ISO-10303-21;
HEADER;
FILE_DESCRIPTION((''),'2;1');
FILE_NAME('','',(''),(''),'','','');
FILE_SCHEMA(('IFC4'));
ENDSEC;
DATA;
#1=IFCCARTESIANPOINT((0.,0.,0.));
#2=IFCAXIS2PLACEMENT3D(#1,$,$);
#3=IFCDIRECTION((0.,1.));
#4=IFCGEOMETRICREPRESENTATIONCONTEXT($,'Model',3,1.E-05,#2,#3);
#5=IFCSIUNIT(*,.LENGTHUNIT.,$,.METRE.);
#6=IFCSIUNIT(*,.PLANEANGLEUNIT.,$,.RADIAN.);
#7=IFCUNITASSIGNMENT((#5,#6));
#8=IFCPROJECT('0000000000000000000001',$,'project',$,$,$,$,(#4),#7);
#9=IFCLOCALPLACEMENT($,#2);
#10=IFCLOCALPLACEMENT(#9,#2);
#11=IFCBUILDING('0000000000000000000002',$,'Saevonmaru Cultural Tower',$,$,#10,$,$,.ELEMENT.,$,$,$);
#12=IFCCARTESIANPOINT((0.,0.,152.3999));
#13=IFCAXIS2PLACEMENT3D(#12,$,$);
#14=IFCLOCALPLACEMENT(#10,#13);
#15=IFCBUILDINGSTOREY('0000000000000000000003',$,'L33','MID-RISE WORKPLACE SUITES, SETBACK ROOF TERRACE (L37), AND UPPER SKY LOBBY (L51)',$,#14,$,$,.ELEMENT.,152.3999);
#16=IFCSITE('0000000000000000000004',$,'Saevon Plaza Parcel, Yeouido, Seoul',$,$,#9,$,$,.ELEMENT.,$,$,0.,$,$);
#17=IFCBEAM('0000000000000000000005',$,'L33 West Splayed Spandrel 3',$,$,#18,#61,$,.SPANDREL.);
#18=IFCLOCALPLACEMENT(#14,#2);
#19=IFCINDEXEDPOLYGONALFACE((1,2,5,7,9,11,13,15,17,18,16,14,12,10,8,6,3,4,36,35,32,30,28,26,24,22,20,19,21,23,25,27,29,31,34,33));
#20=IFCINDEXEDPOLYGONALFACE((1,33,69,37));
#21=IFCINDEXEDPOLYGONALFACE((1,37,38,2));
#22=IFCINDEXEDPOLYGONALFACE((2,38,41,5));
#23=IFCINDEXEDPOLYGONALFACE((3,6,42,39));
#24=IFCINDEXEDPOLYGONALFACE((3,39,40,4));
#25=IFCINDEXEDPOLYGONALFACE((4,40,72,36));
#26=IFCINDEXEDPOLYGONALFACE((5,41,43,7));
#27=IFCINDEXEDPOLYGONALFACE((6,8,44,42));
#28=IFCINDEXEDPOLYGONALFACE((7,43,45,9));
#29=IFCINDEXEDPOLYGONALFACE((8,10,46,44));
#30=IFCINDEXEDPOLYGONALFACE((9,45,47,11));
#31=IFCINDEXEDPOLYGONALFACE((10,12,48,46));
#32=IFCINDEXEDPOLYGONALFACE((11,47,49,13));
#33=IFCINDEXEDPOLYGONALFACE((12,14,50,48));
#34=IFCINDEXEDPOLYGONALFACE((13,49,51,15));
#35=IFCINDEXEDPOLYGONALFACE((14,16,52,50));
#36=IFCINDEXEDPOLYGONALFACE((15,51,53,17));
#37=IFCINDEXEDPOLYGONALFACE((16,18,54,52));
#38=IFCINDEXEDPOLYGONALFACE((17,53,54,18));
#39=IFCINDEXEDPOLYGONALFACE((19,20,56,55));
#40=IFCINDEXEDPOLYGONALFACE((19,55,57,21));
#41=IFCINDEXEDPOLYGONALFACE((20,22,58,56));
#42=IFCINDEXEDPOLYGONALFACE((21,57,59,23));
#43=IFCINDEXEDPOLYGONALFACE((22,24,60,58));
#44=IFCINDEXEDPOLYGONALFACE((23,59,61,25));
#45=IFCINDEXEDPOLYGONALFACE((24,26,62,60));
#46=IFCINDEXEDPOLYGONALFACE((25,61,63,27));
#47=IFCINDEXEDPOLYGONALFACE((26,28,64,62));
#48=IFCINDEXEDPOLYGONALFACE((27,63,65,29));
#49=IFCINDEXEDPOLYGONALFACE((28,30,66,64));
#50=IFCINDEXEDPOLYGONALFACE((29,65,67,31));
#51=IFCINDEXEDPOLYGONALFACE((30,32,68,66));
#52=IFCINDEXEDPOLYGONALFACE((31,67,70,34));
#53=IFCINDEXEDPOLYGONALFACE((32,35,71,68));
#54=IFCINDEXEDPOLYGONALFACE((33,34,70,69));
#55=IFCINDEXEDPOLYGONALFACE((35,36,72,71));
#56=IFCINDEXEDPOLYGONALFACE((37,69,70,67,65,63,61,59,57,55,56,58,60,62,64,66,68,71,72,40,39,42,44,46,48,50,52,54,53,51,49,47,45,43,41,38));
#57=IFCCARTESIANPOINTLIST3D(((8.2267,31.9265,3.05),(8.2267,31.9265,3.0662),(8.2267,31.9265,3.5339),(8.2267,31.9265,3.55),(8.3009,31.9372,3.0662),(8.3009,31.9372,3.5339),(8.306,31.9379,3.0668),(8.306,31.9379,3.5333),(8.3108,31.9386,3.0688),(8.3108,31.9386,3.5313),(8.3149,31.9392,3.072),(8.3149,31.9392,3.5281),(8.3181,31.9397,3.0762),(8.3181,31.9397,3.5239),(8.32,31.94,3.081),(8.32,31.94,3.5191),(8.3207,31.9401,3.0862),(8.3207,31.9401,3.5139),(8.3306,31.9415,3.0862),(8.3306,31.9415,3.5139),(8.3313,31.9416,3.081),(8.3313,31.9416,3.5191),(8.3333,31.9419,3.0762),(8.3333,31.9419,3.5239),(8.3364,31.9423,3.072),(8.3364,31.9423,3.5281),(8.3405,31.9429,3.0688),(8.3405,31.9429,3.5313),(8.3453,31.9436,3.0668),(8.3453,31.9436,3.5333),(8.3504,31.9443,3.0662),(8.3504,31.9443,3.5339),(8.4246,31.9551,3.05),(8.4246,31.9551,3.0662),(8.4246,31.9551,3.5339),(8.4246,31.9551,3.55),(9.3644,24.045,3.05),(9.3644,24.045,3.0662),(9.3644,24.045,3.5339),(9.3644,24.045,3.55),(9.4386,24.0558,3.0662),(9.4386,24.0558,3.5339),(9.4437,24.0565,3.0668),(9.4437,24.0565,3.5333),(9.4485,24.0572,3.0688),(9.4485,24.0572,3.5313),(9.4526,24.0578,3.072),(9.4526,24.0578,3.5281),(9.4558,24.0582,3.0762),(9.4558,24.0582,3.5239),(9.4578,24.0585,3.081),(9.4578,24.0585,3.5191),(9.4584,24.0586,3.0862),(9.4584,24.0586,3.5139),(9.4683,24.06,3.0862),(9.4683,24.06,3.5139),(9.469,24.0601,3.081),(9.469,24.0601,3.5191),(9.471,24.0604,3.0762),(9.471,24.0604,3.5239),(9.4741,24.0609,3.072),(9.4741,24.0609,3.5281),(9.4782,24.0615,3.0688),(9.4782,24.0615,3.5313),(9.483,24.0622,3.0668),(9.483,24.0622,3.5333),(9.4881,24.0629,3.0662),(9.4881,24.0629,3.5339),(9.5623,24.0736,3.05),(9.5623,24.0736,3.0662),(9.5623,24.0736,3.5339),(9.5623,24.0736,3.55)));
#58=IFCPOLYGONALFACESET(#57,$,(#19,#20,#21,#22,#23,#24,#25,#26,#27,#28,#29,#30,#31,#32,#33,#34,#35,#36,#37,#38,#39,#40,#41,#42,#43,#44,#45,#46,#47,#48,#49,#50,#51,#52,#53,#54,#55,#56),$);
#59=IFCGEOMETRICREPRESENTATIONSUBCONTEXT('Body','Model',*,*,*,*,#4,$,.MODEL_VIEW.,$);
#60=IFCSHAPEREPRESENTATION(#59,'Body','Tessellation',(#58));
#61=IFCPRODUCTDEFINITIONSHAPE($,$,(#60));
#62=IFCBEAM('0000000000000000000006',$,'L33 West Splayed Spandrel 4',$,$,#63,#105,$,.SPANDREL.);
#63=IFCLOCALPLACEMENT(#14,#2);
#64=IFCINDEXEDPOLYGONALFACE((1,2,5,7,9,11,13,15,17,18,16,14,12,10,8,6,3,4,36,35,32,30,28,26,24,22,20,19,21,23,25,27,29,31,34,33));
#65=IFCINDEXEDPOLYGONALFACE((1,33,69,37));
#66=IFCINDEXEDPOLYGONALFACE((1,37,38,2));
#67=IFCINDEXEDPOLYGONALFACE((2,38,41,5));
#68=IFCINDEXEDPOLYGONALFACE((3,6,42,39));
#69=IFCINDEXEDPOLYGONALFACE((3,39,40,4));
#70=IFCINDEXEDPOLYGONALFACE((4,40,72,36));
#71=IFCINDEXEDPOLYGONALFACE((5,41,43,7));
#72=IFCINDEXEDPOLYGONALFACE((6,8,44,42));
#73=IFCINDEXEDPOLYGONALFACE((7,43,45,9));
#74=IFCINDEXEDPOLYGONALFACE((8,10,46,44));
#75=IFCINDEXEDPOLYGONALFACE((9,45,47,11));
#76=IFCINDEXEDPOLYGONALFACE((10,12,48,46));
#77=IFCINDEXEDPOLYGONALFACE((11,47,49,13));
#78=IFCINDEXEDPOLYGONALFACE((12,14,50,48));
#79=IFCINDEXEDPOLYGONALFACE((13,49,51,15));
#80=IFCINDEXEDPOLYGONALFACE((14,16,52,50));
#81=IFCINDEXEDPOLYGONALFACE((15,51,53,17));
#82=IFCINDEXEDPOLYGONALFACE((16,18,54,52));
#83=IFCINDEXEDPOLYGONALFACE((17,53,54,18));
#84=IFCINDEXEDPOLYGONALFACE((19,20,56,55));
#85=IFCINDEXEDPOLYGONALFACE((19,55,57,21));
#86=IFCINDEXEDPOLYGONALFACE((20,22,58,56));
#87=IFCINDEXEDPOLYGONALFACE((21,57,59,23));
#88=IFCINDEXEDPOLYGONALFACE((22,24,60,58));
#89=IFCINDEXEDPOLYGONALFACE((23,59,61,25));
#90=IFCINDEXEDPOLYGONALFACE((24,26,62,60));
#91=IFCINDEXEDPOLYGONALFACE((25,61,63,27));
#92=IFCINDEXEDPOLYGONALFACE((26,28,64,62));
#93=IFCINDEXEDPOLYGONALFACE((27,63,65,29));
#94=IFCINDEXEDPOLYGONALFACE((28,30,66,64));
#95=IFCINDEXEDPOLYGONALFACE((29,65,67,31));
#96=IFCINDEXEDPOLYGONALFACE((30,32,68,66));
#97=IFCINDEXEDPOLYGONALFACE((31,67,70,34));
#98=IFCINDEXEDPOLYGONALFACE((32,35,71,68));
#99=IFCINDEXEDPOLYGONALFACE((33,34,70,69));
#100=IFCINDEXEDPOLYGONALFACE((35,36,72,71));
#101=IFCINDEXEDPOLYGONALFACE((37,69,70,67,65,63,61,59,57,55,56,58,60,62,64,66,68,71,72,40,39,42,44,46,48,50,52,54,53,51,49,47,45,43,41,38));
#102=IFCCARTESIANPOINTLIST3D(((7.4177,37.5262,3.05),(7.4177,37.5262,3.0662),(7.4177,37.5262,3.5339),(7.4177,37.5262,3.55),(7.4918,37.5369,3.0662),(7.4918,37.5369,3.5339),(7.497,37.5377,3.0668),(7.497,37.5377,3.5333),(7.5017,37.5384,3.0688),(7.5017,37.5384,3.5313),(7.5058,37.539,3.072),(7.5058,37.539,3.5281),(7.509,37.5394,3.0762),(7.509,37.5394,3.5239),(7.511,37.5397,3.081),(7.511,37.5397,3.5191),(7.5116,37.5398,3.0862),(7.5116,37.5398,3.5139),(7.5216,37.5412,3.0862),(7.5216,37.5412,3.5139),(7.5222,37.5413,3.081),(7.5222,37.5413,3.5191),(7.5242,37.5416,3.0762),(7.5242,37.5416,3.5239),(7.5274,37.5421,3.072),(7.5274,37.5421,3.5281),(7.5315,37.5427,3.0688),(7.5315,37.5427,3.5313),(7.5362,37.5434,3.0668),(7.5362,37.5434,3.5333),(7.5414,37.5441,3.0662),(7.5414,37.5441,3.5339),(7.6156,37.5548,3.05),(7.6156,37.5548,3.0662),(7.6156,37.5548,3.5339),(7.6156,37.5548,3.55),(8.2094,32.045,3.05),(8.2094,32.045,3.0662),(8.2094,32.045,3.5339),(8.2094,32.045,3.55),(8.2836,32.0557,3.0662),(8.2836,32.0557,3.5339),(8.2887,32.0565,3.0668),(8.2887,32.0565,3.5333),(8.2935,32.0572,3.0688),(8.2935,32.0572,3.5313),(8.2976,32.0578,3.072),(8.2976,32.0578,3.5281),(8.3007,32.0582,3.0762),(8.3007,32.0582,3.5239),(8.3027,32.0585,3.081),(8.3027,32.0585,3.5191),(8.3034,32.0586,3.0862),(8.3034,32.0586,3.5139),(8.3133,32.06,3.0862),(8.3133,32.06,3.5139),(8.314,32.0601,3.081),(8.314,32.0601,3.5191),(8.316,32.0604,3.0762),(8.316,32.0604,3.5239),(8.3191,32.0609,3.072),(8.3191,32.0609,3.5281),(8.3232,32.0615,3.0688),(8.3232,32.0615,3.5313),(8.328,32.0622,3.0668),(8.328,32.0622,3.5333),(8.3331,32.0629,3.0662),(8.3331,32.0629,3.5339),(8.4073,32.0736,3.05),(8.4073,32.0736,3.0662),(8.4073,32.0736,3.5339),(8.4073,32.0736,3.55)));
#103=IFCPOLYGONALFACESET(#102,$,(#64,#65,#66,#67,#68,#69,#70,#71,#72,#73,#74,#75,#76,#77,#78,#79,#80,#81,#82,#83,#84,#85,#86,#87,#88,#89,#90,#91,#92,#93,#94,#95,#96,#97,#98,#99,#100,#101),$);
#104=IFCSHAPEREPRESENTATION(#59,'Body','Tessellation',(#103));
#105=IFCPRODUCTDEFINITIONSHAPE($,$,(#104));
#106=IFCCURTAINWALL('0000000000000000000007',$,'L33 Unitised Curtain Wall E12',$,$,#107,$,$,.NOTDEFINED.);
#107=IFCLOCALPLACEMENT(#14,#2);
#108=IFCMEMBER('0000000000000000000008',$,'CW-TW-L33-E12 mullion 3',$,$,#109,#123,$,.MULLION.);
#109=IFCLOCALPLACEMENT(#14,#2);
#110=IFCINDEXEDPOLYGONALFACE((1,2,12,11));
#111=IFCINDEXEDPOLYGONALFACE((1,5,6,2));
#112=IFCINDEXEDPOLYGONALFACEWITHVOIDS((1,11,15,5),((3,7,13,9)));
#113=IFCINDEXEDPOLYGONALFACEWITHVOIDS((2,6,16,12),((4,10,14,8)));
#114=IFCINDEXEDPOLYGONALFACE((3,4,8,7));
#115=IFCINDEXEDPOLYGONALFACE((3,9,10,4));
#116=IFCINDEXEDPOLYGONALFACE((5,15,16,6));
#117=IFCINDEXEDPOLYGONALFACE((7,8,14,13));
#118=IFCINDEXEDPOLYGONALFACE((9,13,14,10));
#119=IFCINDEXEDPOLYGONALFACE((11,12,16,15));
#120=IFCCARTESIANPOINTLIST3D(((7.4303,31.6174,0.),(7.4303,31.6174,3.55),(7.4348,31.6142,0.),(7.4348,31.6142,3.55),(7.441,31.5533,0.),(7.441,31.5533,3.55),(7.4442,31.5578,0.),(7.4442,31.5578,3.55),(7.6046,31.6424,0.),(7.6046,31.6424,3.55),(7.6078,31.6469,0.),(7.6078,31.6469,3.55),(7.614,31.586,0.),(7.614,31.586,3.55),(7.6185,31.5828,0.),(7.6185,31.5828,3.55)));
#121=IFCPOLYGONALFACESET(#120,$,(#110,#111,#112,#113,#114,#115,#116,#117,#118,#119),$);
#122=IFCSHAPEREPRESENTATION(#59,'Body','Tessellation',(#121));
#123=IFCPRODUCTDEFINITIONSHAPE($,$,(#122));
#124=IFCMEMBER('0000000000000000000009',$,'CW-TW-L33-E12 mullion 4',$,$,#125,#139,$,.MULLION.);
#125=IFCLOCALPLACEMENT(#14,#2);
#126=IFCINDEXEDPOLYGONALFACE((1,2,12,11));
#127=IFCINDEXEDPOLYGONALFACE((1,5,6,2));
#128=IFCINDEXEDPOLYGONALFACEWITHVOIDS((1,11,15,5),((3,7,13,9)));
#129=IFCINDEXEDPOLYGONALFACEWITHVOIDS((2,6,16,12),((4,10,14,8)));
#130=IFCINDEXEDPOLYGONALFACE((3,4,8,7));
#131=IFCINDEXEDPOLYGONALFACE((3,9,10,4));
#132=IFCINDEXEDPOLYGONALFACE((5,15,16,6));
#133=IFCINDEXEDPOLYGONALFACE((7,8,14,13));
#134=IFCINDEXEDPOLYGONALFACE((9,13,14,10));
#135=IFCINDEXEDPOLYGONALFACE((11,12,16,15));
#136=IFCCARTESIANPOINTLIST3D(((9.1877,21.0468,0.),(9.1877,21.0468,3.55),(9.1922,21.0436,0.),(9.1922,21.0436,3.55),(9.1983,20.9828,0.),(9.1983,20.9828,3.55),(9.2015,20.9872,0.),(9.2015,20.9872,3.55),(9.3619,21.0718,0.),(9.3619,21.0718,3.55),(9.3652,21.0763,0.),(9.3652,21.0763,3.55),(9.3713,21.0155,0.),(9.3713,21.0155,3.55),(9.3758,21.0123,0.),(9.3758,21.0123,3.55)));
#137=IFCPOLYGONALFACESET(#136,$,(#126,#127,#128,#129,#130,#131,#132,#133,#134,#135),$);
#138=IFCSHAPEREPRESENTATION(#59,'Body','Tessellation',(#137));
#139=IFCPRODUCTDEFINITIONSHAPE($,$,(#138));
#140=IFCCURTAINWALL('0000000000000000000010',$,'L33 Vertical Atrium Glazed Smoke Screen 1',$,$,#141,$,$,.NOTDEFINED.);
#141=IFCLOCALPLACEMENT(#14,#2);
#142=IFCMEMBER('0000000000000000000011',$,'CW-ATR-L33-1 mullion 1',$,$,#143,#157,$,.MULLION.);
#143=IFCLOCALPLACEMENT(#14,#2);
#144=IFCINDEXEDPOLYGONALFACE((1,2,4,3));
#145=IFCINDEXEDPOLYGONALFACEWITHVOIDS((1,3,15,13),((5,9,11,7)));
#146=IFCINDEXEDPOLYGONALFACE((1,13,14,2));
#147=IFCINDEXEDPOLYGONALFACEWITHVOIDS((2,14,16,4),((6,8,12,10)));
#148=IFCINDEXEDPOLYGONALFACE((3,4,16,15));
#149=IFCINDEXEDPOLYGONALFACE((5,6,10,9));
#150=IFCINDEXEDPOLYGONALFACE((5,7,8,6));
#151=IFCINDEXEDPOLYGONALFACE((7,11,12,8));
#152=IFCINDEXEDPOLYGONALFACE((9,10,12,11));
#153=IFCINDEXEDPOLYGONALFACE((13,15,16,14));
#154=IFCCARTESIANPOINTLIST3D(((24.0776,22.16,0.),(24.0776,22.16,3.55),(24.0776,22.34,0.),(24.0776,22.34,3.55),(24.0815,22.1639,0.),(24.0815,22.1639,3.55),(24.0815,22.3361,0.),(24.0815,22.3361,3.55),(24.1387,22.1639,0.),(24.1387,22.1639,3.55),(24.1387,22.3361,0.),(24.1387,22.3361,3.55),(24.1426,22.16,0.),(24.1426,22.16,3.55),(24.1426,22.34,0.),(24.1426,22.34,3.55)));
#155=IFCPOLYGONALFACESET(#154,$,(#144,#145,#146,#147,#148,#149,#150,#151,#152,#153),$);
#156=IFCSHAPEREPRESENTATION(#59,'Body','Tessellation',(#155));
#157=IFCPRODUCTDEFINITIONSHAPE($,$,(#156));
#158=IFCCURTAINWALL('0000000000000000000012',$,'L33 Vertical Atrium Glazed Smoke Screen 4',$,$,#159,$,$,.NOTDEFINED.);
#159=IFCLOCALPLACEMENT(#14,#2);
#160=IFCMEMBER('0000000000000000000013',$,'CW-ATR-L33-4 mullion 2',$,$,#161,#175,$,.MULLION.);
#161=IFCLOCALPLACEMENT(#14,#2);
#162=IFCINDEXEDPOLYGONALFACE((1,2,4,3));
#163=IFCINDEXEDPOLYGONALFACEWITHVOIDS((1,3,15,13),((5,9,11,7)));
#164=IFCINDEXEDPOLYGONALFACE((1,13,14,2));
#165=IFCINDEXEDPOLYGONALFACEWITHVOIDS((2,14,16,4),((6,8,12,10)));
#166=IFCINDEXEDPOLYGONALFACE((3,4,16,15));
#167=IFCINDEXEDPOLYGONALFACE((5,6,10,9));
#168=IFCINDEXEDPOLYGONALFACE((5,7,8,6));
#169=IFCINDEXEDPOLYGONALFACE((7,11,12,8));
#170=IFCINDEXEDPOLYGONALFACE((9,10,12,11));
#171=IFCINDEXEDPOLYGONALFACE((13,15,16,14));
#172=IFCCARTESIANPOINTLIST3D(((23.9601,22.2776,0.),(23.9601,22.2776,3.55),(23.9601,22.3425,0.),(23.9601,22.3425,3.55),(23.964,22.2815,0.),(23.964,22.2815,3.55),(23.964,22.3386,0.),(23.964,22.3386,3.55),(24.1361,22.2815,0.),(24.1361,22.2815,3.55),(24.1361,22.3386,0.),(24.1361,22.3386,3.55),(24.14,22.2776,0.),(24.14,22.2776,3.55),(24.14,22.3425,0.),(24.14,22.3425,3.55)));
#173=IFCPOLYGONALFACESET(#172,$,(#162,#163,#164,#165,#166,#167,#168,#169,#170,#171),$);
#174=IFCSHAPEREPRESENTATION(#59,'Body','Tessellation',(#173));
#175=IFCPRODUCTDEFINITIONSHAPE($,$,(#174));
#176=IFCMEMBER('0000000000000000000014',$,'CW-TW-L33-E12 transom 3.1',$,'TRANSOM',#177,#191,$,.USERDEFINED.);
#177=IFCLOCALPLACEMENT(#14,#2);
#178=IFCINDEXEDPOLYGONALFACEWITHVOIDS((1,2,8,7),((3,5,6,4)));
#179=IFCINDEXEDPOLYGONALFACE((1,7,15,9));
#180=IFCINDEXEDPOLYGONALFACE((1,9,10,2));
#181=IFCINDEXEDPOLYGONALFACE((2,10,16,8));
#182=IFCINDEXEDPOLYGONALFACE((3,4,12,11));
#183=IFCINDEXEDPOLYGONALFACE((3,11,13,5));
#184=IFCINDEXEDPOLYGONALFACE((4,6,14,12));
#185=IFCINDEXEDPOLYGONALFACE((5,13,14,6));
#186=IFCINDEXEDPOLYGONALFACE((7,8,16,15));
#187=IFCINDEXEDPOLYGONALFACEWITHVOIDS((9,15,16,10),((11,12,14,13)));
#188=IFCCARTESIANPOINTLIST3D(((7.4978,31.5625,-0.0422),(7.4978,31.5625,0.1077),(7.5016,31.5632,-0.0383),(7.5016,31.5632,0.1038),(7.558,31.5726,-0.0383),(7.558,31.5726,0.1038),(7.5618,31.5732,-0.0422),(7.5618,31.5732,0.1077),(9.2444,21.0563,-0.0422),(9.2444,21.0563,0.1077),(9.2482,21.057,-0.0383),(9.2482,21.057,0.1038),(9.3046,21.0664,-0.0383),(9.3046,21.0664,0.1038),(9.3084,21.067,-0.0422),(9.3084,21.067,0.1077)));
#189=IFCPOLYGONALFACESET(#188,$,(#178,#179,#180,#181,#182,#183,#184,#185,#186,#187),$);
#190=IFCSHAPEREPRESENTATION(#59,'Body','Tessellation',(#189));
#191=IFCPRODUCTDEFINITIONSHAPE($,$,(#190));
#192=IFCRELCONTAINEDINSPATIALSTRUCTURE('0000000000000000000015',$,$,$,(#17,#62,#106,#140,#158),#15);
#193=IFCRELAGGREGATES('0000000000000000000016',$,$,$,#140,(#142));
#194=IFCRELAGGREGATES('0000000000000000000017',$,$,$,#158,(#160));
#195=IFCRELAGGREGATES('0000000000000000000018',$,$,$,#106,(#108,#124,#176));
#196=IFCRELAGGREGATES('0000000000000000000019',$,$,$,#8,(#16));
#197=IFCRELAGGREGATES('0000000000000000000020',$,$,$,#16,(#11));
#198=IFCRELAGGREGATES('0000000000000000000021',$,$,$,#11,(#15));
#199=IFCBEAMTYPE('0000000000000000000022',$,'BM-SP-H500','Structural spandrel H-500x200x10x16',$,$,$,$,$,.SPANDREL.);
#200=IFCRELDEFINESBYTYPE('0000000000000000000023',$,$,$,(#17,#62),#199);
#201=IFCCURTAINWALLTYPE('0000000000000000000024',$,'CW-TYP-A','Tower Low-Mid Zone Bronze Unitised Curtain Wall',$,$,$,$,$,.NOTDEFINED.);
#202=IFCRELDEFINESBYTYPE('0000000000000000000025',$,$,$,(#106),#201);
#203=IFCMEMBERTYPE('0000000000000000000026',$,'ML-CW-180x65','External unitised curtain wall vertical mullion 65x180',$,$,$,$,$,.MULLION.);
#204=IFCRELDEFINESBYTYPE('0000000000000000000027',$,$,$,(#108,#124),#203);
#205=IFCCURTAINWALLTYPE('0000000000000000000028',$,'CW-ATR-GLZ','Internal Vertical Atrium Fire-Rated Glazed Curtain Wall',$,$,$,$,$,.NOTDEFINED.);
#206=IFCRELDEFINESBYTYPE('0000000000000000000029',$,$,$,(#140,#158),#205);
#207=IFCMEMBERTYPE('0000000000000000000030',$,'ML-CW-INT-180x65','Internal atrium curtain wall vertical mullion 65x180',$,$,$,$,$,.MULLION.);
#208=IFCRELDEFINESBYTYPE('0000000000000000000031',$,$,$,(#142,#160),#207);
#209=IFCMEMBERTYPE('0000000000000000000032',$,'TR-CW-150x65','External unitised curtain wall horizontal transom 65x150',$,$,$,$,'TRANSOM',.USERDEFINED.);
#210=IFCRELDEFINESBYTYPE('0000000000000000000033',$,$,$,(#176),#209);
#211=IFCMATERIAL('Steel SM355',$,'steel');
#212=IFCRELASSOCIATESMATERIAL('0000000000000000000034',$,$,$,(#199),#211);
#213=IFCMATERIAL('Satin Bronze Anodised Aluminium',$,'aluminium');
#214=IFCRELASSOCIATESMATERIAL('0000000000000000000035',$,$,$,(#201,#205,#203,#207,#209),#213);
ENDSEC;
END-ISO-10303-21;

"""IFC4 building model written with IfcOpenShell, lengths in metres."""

from ifc_helpers import new_model, si_unit, direction, frame, origin, origin_2d, place, context, subcontext, project, spatial, hollow_rectangle, i_section, extrude, material, material_profile, profile_set, type_object, element, aggregate, save


model = new_model("IFC4")

# Units and contexts
model_context = context("Model", 3, precision=1e-05, world=origin(), true_north=direction((0.0, 1.0)))
body_context = subcontext(model_context, "Body", "Model", "MODEL_VIEW")
ifc_project = project(units=[si_unit("LENGTHUNIT", "METRE"), si_unit("PLANEANGLEUNIT", "RADIAN")], contexts=[model_context])

# Site, building, storey
site_placement = place(None, origin())
site = spatial("IfcSite", under=ifc_project, at=site_placement, Name="Saevon Plaza Parcel, Yeouido, Seoul", CompositionType="ELEMENT", RefElevation=0.0)
building_placement = place(site_placement, origin())
building = spatial("IfcBuilding", under=site, at=building_placement, Name="Saevonmaru Cultural Tower", CompositionType="ELEMENT")
storey_placement = place(building_placement, frame((0.0, 0.0, 152.3999)))
storey = spatial("IfcBuildingStorey", under=building, at=storey_placement, Name="L33", Description="MID-RISE WORKPLACE SUITES, SETBACK ROOF TERRACE (L37), AND UPPER SKY LOBBY (L51)", CompositionType="ELEMENT", Elevation=152.3999)

# Shared definitions
ifc_material_1 = material(Name="Steel SM355", Category="steel")

# Beams
ifc_material_profile_1 = material_profile(ifc_material_1, i_section(OverallWidth=0.2, OverallDepth=0.5, WebThickness=0.01, FlangeThickness=0.0161, FilletRadius=0.02, at=origin_2d()), Name="H-500x200x10x16")
ifc_profile_set_1 = profile_set([ifc_material_profile_1], Name="Steel SM355")
beam_type_1 = type_object("IfcBeamType", Name="BM-SP-H500", Description="Structural spandrel H-500x200x10x16", PredefinedType="SPANDREL", material=ifc_profile_set_1)
beam_1_placement = place(storey_placement, frame((9.4634, 24.0593, 3.3), z_axis=(-0.142872, 0.989741, 0.0), x_axis=(-0.989741, -0.142872, 0.0)))
element("IfcBeam", 1, at=beam_1_placement, inside=storey, type_object=beam_type_1, Name="L33 West Splayed Spandrel 3", PredefinedType="SPANDREL", context=body_context, shape_type="SweptSolid", body=[
    extrude(i_section(OverallWidth=0.2, OverallDepth=0.5, WebThickness=0.01, FlangeThickness=0.0161, FilletRadius=0.02, at=origin_2d()), origin(), (0.0, 0.0, 1.0), 7.9631),
])
beam_2_placement = place(storey_placement, frame((8.3083, 32.0593, 3.3), z_axis=(-0.142964, 0.989728, 0.0), x_axis=(-0.989728, -0.142964, 0.0)))
element("IfcBeam", 2, at=beam_2_placement, inside=storey, type_object=beam_type_1, Name="L33 West Splayed Spandrel 4", PredefinedType="SPANDREL", context=body_context, shape_type="SweptSolid", body=[
    extrude(i_section(OverallWidth=0.2, OverallDepth=0.5, WebThickness=0.01, FlangeThickness=0.0161, FilletRadius=0.02, at=origin_2d()), origin(), (0.0, 0.0, 1.0), 5.5381),
])

# Curtain wall, members
ifc_material_2 = material(Name="Satin Bronze Anodised Aluminium", Category="aluminium")
curtain_wall_type_1 = type_object("IfcCurtainWallType", Name="CW-TYP-A", Description="Tower Low-Mid Zone Bronze Unitised Curtain Wall", PredefinedType="NOTDEFINED", material=ifc_material_2)
curtain_wall_1_placement = place(storey_placement, origin())
curtain_wall_1 = element("IfcCurtainWall", 3, at=curtain_wall_1_placement, inside=storey, type_object=curtain_wall_type_1, Name="L33 Unitised Curtain Wall E12", PredefinedType="NOTDEFINED")
ifc_material_profile_2 = material_profile(ifc_material_2, hollow_rectangle(XDim=0.0649, YDim=0.1799, WallThickness=0.0039, at=origin_2d()), Name="ALU-MULL-180x65x4")
ifc_profile_set_2 = profile_set([ifc_material_profile_2], Name="Satin Bronze Anodised Aluminium")
member_type_1 = type_object("IfcMemberType", Name="ML-CW-180x65", Description="External unitised curtain wall vertical mullion 65x180", PredefinedType="MULLION", material=ifc_profile_set_2)
member_1_placement = place(storey_placement, frame((7.5244, 31.6001, 0.0), z_axis=(0.0, 0.0, 1.0), x_axis=(0.163999, -0.986461, 0.0)))
member_1 = element("IfcMember", 4, at=member_1_placement, type_object=member_type_1, Name="CW-TW-L33-E12 mullion 3", PredefinedType="MULLION", context=body_context, shape_type="SweptSolid", body=[
    extrude(hollow_rectangle(XDim=0.0649, YDim=0.1799, WallThickness=0.0039, at=origin_2d()), origin(), (0.0, 0.0, 1.0), 3.55),
])
member_2_placement = place(storey_placement, frame((9.2817, 21.0295, 0.0), z_axis=(0.0, 0.0, 1.0), x_axis=(0.163999, -0.986461, 0.0)))
member_2 = element("IfcMember", 5, at=member_2_placement, type_object=member_type_1, Name="CW-TW-L33-E12 mullion 4", PredefinedType="MULLION", context=body_context, shape_type="SweptSolid", body=[
    extrude(hollow_rectangle(XDim=0.0649, YDim=0.1799, WallThickness=0.0039, at=origin_2d()), origin(), (0.0, 0.0, 1.0), 3.55),
])

# Curtain walls, members
curtain_wall_type_2 = type_object("IfcCurtainWallType", Name="CW-ATR-GLZ", Description="Internal Vertical Atrium Fire-Rated Glazed Curtain Wall", PredefinedType="NOTDEFINED", material=ifc_material_2)
curtain_wall_2_placement = place(storey_placement, origin())
curtain_wall_2 = element("IfcCurtainWall", 6, at=curtain_wall_2_placement, inside=storey, type_object=curtain_wall_type_2, Name="L33 Vertical Atrium Glazed Smoke Screen 1", PredefinedType="NOTDEFINED")
ifc_material_profile_3 = material_profile(ifc_material_2, hollow_rectangle(XDim=0.0649, YDim=0.1799, WallThickness=0.0039, at=origin_2d()), Name="ALU-MULL-180x65x4")
ifc_profile_set_3 = profile_set([ifc_material_profile_3], Name="Satin Bronze Anodised Aluminium")
member_type_2 = type_object("IfcMemberType", Name="ML-CW-INT-180x65", Description="Internal atrium curtain wall vertical mullion 65x180", PredefinedType="MULLION", material=ifc_profile_set_3)
member_3_placement = place(storey_placement, frame((24.1101, 22.25, 0.0), z_axis=(0.0, 0.0, 1.0), x_axis=(1.0, 0.0, 0.0)))
member_3 = element("IfcMember", 7, at=member_3_placement, type_object=member_type_2, Name="CW-ATR-L33-1 mullion 1", PredefinedType="MULLION", context=body_context, shape_type="SweptSolid", body=[
    extrude(hollow_rectangle(XDim=0.0649, YDim=0.1799, WallThickness=0.0039, at=origin_2d()), origin(), (0.0, 0.0, 1.0), 3.55),
])
aggregate(curtain_wall_2, [member_3])
curtain_wall_3_placement = place(storey_placement, origin())
curtain_wall_3 = element("IfcCurtainWall", 8, at=curtain_wall_3_placement, inside=storey, type_object=curtain_wall_type_2, Name="L33 Vertical Atrium Glazed Smoke Screen 4", PredefinedType="NOTDEFINED")
member_4_placement = place(storey_placement, frame((24.05, 22.3101, 0.0), z_axis=(0.0, 0.0, 1.0), x_axis=(0.0, -1.0, 0.0)))
member_4 = element("IfcMember", 9, at=member_4_placement, type_object=member_type_2, Name="CW-ATR-L33-4 mullion 2", PredefinedType="MULLION", context=body_context, shape_type="SweptSolid", body=[
    extrude(hollow_rectangle(XDim=0.0649, YDim=0.1799, WallThickness=0.0039, at=origin_2d()), origin(), (0.0, 0.0, 1.0), 3.55),
])

# Member
ifc_material_profile_4 = material_profile(ifc_material_2, hollow_rectangle(XDim=0.0649, YDim=0.1499, WallThickness=0.0039, at=origin_2d()), Name="ALU-TRAN-150x65x4")
ifc_profile_set_4 = profile_set([ifc_material_profile_4], Name="Satin Bronze Anodised Aluminium")
member_type_3 = type_object("IfcMemberType", Name="TR-CW-150x65", Description="External unitised curtain wall horizontal transom 65x150", ElementType="TRANSOM", PredefinedType="USERDEFINED", material=ifc_profile_set_4)
member_5_placement = place(storey_placement, frame((7.5298, 31.5679, 0.0327), z_axis=(0.163994, -0.986461, 0.0), x_axis=(0.986461, 0.163994, 0.0)))
member_5 = element("IfcMember", 10, at=member_5_placement, type_object=member_type_3, Name="CW-TW-L33-E12 transom 3.1", ObjectType="TRANSOM", PredefinedType="USERDEFINED", context=body_context, shape_type="SweptSolid", body=[
    extrude(hollow_rectangle(XDim=0.0649, YDim=0.1499, WallThickness=0.0039, at=origin_2d()), origin(), (0.0, 0.0, 1.0), 10.6504),
])

aggregate(curtain_wall_3, [member_4])
aggregate(curtain_wall_1, [member_1, member_2, member_5])

save(model, "model.ifc")
